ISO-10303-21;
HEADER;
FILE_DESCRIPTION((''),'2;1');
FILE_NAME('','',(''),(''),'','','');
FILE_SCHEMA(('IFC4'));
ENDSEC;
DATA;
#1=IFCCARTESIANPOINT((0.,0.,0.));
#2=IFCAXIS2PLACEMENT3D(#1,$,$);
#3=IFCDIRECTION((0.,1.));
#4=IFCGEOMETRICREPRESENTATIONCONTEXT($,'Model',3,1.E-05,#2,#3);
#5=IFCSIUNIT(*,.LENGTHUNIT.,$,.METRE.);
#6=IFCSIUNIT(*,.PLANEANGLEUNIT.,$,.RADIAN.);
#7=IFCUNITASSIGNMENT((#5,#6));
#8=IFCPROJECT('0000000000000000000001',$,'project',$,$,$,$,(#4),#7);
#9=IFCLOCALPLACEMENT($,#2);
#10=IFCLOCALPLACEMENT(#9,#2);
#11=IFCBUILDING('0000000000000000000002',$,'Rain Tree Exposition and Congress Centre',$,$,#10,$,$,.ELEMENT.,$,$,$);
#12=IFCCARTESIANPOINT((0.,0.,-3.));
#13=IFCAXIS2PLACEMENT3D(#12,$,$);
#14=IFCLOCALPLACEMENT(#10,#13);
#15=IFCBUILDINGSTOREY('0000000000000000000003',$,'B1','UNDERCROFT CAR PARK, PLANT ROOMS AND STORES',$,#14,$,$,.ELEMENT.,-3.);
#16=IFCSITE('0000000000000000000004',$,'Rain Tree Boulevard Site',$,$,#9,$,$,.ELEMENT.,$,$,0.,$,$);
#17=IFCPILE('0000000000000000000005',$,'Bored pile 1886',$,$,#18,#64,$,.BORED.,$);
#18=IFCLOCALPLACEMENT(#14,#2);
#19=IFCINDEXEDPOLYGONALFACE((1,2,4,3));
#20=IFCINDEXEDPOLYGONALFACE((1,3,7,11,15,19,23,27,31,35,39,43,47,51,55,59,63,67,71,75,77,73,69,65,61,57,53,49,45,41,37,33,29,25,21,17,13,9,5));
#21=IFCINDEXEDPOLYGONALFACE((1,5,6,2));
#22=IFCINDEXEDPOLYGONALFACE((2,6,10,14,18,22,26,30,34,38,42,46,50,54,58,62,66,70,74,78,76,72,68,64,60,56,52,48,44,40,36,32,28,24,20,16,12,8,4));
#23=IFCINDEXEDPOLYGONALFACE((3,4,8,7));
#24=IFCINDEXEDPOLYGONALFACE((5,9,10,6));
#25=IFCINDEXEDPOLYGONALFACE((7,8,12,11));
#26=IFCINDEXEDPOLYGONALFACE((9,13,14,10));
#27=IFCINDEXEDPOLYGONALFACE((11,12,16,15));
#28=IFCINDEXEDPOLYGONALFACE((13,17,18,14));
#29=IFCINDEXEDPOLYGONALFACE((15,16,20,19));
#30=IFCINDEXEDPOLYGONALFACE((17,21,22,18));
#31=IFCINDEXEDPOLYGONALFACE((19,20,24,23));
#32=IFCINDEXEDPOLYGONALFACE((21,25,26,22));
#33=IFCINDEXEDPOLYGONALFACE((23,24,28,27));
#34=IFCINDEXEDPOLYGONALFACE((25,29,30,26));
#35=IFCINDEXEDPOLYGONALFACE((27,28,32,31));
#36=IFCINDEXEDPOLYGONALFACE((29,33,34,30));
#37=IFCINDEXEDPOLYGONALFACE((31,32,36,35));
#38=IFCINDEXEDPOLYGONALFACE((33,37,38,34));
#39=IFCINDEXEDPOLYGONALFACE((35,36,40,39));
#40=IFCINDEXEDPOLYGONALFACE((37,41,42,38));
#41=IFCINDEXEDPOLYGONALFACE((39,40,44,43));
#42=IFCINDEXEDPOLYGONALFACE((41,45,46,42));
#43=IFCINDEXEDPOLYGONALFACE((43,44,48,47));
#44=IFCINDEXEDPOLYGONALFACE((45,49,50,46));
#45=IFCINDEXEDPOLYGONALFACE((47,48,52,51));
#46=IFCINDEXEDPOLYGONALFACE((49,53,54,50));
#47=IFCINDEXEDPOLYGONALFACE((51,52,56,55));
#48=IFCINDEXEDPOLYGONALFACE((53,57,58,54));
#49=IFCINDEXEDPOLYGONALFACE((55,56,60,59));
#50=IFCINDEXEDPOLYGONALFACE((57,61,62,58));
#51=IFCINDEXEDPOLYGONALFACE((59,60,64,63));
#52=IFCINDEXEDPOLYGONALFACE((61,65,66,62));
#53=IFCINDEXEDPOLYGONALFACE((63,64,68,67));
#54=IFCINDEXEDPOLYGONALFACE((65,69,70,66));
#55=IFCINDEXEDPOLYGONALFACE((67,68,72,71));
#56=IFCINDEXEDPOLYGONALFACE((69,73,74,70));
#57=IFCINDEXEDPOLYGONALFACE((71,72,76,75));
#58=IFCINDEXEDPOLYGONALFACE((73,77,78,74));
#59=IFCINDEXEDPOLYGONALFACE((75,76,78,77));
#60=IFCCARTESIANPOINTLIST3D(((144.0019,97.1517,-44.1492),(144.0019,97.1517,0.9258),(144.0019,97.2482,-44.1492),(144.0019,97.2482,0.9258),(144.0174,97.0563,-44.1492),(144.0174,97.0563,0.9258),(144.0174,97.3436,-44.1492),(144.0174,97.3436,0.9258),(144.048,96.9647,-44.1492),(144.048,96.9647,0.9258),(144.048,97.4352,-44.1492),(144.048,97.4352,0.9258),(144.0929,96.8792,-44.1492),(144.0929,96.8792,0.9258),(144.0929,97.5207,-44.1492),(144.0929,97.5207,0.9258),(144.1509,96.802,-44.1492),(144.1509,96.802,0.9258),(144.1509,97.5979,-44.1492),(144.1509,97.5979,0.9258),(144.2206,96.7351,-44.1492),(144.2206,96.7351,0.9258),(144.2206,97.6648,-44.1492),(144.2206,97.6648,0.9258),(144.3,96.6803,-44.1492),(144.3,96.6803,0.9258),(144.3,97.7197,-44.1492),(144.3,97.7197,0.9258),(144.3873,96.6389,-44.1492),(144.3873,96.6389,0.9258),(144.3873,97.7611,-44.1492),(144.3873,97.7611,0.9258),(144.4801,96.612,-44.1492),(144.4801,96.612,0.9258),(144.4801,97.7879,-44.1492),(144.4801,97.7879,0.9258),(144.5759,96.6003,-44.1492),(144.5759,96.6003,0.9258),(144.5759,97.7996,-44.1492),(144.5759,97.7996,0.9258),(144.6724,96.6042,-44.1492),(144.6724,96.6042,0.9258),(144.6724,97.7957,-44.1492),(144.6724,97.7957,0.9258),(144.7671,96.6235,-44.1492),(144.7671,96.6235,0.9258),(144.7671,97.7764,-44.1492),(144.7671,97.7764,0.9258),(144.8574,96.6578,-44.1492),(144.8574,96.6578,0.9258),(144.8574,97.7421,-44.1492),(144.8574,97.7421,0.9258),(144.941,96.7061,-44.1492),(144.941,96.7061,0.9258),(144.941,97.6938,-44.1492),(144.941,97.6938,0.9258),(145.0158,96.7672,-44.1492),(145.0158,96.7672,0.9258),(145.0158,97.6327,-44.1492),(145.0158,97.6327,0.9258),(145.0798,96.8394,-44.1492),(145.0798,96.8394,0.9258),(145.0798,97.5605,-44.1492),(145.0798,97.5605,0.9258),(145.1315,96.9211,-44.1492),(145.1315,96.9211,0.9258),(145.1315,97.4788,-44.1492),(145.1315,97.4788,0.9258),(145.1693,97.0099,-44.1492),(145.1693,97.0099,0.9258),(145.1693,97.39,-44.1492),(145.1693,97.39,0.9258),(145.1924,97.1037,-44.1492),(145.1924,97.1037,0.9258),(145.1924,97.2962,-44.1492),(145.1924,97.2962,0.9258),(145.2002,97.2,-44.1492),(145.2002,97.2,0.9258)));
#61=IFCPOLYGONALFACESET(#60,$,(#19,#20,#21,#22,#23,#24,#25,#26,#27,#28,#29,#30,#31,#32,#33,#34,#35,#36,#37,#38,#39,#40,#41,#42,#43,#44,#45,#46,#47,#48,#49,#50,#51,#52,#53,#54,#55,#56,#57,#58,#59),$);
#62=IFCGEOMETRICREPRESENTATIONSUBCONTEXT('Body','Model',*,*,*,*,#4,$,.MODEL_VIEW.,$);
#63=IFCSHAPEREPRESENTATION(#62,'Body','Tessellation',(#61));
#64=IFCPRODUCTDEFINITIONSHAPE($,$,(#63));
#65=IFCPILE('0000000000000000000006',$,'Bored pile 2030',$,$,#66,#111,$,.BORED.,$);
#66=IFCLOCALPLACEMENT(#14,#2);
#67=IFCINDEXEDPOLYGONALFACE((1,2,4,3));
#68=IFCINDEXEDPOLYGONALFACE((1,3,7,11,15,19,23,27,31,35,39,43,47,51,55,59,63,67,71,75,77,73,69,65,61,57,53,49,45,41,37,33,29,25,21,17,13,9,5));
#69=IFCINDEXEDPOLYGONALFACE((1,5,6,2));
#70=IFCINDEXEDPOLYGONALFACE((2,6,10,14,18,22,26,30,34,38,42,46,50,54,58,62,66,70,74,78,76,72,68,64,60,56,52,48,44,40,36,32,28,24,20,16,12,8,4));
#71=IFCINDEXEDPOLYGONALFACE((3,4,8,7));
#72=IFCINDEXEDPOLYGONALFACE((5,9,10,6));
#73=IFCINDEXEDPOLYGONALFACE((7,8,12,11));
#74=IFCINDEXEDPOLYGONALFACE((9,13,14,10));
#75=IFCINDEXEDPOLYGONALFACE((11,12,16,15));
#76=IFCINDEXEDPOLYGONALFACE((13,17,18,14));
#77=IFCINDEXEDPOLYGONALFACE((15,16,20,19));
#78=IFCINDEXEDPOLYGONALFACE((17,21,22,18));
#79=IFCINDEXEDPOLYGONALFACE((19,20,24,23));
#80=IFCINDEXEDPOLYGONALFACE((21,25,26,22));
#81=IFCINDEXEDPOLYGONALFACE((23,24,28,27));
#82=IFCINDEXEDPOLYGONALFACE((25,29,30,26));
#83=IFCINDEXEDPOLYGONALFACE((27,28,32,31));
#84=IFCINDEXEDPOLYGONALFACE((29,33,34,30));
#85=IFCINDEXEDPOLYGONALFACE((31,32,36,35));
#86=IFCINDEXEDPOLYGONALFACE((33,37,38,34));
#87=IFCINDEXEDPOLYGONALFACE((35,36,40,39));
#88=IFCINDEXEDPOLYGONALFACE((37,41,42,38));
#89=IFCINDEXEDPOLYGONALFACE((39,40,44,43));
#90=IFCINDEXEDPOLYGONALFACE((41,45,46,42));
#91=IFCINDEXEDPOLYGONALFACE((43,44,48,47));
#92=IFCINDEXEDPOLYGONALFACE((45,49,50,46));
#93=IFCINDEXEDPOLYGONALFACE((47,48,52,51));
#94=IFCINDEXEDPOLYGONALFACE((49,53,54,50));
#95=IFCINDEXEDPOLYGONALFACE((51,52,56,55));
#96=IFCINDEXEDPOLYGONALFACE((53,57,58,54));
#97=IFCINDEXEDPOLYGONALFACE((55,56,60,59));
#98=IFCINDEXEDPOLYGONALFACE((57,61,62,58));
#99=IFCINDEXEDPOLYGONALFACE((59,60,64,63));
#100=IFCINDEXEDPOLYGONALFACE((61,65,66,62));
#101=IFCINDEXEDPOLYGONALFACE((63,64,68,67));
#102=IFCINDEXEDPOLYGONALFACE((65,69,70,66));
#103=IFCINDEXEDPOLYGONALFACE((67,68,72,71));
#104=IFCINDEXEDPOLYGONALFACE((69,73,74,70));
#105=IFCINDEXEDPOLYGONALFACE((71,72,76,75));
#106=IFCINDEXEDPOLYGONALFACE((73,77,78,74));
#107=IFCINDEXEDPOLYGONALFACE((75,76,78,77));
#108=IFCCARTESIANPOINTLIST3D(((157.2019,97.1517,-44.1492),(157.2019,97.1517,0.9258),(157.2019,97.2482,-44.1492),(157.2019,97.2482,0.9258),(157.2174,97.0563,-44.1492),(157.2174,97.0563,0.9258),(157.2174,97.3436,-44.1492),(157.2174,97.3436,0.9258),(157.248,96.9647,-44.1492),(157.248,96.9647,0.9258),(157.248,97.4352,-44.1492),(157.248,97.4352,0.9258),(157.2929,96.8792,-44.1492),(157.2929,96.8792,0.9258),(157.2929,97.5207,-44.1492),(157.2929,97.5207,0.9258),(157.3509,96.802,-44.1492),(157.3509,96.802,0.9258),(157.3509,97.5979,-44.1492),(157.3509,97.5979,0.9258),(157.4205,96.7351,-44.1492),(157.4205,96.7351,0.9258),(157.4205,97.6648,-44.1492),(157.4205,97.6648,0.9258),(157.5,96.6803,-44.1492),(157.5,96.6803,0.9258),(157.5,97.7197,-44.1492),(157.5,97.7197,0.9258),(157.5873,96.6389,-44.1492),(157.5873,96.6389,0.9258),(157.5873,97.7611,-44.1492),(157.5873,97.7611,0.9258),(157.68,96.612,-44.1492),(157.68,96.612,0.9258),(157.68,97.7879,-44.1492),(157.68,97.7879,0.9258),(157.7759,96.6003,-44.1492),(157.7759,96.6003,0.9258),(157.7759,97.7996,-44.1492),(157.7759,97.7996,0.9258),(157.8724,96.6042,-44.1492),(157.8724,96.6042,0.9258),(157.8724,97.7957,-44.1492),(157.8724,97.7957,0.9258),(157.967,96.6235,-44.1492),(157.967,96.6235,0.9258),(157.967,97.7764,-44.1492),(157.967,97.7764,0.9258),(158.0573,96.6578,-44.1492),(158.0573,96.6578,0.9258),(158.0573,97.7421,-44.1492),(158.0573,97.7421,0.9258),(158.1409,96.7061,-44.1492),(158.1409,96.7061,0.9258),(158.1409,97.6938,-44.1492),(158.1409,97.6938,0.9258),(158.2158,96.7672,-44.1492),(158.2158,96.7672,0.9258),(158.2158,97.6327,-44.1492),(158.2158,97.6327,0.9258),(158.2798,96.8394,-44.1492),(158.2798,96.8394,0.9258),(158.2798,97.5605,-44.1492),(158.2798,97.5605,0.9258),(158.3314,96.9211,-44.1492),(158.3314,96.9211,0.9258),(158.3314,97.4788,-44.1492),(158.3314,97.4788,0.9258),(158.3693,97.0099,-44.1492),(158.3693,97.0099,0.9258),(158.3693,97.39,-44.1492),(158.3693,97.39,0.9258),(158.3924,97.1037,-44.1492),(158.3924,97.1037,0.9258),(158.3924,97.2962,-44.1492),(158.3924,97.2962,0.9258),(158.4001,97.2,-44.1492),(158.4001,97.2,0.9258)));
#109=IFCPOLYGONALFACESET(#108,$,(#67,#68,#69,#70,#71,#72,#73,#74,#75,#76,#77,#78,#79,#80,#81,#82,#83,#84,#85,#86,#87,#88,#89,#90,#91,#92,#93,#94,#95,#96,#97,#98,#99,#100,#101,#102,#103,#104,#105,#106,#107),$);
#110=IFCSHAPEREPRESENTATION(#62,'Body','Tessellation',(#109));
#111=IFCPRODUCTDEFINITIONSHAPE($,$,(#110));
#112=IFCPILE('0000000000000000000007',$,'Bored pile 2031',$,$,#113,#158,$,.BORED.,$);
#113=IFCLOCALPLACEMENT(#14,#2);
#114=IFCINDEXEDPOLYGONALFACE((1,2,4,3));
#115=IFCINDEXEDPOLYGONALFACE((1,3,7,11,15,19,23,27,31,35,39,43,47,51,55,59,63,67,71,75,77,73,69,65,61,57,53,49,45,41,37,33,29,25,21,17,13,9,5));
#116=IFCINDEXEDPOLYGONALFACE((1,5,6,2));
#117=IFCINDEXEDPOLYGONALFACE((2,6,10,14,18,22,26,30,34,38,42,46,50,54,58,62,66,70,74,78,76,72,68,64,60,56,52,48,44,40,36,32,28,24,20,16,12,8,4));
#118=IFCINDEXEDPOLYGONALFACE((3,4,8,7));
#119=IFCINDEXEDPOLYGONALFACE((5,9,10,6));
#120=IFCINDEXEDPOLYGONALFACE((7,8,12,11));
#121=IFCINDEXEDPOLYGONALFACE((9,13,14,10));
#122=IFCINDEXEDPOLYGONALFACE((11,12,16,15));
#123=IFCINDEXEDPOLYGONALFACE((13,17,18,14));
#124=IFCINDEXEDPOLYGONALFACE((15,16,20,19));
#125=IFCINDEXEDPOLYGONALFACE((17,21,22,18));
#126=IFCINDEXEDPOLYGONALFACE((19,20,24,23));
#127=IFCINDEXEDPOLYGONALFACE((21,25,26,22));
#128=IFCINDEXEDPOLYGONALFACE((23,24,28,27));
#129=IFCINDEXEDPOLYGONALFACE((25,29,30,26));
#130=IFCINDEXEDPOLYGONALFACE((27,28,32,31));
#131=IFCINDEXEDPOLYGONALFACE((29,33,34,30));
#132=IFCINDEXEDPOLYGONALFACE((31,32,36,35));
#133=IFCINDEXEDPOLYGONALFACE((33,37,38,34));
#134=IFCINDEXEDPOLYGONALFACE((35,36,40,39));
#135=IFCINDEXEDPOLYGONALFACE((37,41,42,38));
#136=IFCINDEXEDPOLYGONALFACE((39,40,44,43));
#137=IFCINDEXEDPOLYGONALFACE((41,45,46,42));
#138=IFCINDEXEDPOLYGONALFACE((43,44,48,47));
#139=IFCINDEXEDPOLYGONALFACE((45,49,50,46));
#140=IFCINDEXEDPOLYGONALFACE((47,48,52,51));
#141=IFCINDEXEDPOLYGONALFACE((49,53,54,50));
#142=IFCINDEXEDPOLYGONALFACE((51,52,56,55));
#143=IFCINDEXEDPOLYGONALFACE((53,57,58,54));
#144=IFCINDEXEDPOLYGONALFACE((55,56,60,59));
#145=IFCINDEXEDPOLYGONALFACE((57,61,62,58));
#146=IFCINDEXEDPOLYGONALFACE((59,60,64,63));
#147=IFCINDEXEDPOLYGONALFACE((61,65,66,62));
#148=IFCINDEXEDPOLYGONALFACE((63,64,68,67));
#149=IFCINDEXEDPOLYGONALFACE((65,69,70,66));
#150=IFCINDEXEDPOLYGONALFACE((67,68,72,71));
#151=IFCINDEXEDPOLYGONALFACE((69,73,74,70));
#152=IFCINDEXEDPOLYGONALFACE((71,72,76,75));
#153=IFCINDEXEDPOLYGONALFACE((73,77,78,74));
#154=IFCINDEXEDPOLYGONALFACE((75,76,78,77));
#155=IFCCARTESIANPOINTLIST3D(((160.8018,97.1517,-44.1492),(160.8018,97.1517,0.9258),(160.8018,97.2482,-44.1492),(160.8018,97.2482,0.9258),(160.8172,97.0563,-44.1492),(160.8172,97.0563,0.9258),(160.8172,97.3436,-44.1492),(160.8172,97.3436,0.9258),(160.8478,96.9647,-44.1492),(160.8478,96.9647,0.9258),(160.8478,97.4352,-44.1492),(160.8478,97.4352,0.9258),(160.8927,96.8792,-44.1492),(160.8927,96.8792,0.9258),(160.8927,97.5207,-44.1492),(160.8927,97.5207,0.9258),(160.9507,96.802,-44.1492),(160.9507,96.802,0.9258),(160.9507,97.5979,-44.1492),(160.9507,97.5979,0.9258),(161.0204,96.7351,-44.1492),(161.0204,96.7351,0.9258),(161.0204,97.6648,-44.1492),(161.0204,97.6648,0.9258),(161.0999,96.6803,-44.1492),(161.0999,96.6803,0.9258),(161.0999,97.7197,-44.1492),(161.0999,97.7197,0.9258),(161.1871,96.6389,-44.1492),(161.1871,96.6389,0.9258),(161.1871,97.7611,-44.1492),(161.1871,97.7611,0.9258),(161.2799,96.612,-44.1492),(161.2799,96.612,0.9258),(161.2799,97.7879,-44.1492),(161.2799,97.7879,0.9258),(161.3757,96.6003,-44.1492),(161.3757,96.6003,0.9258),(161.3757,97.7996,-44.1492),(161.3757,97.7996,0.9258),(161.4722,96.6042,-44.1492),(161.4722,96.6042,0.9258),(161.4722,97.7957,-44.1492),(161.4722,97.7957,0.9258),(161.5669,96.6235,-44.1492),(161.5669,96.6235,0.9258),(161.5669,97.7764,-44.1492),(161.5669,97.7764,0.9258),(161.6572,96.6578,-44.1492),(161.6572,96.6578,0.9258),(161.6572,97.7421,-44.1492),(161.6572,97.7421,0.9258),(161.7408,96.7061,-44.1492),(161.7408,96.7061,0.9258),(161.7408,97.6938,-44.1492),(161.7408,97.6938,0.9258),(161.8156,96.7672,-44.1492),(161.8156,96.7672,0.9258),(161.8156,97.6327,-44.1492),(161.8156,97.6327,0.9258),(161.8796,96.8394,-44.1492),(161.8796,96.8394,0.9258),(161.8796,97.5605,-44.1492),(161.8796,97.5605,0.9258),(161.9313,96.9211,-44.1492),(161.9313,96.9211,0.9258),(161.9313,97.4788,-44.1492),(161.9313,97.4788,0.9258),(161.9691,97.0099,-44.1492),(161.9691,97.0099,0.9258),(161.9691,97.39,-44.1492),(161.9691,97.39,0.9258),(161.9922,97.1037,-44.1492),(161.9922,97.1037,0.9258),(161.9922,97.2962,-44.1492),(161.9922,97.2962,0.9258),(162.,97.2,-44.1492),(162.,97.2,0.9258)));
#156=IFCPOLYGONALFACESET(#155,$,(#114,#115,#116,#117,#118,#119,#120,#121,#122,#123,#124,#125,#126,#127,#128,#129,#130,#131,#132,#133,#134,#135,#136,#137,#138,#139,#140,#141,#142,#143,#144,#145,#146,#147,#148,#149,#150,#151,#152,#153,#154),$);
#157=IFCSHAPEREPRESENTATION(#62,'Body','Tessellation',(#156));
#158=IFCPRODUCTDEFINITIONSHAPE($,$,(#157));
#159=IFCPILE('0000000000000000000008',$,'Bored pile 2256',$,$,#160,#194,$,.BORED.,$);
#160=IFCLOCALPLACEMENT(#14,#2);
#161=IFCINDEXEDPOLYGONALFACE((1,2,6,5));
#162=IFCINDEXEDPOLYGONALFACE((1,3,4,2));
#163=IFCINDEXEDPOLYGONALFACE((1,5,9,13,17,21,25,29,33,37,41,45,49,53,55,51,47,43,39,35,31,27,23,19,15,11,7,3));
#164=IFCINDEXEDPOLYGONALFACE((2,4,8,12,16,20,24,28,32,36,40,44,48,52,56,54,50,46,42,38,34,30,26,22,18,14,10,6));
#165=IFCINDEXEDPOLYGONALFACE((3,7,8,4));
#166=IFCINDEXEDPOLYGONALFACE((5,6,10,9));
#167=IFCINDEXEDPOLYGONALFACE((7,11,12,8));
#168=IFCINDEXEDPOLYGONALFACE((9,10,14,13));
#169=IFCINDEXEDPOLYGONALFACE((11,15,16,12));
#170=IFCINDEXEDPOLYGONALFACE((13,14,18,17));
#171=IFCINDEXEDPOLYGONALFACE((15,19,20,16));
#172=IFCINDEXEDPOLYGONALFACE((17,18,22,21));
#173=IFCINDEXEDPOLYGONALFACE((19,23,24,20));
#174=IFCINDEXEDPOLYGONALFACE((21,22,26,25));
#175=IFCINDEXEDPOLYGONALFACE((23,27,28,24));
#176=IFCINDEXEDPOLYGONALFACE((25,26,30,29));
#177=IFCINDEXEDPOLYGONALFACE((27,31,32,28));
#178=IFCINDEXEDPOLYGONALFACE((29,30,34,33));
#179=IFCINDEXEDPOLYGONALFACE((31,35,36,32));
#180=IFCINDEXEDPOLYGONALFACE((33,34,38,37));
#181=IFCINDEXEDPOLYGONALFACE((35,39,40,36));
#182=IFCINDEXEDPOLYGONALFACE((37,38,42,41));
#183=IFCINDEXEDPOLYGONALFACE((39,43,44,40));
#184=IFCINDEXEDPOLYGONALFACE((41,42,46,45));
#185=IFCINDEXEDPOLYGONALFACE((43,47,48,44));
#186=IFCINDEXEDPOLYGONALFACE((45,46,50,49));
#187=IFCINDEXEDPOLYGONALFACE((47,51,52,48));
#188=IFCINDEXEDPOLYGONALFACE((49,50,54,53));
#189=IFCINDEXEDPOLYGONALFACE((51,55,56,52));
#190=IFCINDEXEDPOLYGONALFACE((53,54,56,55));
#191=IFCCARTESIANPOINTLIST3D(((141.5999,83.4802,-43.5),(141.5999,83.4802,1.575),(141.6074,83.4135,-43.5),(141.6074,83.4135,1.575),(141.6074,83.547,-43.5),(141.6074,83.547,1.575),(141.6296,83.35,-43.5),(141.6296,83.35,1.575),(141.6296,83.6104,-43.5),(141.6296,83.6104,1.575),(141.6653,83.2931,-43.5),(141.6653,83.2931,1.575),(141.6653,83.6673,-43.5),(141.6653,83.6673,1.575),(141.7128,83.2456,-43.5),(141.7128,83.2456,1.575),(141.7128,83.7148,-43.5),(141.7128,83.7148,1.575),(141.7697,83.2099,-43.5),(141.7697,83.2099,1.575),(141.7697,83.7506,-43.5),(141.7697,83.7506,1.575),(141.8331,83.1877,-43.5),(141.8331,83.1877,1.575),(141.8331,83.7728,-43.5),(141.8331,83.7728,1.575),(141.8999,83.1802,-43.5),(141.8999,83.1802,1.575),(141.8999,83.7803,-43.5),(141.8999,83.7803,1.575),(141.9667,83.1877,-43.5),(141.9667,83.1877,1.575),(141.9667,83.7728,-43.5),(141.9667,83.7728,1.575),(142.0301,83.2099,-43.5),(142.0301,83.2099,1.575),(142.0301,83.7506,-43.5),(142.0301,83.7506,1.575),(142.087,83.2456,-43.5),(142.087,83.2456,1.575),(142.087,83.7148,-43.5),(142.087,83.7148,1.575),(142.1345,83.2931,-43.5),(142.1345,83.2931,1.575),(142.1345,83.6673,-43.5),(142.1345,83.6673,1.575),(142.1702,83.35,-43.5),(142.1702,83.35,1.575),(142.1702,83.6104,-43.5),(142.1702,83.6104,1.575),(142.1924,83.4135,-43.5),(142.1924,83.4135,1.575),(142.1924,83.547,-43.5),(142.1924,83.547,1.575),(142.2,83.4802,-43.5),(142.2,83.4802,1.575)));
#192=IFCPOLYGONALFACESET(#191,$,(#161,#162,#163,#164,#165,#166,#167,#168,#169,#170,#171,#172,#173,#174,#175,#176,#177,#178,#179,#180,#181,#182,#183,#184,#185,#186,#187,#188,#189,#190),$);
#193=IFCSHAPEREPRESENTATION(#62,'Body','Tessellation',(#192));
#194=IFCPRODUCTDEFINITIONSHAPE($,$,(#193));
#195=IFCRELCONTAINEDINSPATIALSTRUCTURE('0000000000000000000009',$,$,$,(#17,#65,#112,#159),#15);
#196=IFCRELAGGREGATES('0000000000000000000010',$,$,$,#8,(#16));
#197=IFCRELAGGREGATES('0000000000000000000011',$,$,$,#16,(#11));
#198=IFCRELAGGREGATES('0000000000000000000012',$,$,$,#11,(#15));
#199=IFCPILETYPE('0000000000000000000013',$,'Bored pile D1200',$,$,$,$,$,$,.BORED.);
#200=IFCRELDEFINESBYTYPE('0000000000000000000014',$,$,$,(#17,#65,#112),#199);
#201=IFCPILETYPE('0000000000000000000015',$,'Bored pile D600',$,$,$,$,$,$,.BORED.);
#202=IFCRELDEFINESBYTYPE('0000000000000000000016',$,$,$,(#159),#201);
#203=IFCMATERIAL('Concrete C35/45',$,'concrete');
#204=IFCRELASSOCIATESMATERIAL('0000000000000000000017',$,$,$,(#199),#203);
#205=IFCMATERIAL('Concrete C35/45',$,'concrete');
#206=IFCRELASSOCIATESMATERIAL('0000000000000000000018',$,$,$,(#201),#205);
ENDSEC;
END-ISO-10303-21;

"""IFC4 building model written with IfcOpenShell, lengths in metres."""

from ifc_helpers import new_model, si_unit, direction, frame, origin, origin_2d, place, context, subcontext, project, spatial, circle, extrude, material, material_profile, profile_set, type_object, element, save


model = new_model("IFC4")

# Units and contexts
model_context = context("Model", 3, precision=1e-05, world=origin(), true_north=direction((0.0, 1.0)))
body_context = subcontext(model_context, "Body", "Model", "MODEL_VIEW")
ifc_project = project(units=[si_unit("LENGTHUNIT", "METRE"), si_unit("PLANEANGLEUNIT", "RADIAN")], contexts=[model_context])

# Site, building, storey
site_placement = place(None, origin())
site = spatial("IfcSite", under=ifc_project, at=site_placement, Name="Rain Tree Boulevard Site", CompositionType="ELEMENT", RefElevation=0.0)
building_placement = place(site_placement, origin())
building = spatial("IfcBuilding", under=site, at=building_placement, Name="Rain Tree Exposition and Congress Centre", CompositionType="ELEMENT")
storey_placement = place(building_placement, frame((0.0, 0.0, -3.0)))
storey = spatial("IfcBuildingStorey", under=building, at=storey_placement, Name="B1", Description="UNDERCROFT CAR PARK, PLANT ROOMS AND STORES", CompositionType="ELEMENT", Elevation=-3.0)

# Piles
ifc_material_1 = material(Name="Concrete C35/45", Category="concrete")
ifc_material_profile_1 = material_profile(ifc_material_1, circle(Radius=0.6001, at=origin_2d()), Name="D1200")
ifc_profile_set_1 = profile_set([ifc_material_profile_1], Name="Concrete C35/45")
pile_type_1 = type_object("IfcPileType", Name="Bored pile D1200", PredefinedType="BORED", material=ifc_profile_set_1)
for number, where, z_axis, x_axis, name in (
    (1, (144.6001, 97.2, 0.9258), (0.0, 0.0, -1.0), (1.0, 0.0, 0.0), "Bored pile 1886"),
    (2, (157.8, 97.2, 0.9258), (0.0, 0.0, -1.0), (1.0, 0.0, 0.0), "Bored pile 2030"),
    (3, (161.3999, 97.2, 0.9258), (0.0, 0.0, -1.0), (1.0, 0.0, 0.0), "Bored pile 2031"),
):
    element("IfcPile", number, at=place(storey_placement, frame(where, z_axis=z_axis, x_axis=x_axis)), inside=storey, type_object=pile_type_1, Name=name, PredefinedType="BORED", context=body_context, shape_type="SweptSolid", body=[
        extrude(circle(Radius=0.6001, at=origin_2d()), origin(), (0.0, 0.0, 1.0), 45.075),
    ])
ifc_material_2 = material(Name="Concrete C35/45", Category="concrete")
ifc_material_profile_2 = material_profile(ifc_material_2, circle(Radius=0.3, at=origin_2d()), Name="D600")
ifc_profile_set_2 = profile_set([ifc_material_profile_2], Name="Concrete C35/45")
pile_type_2 = type_object("IfcPileType", Name="Bored pile D600", PredefinedType="BORED", material=ifc_profile_set_2)
for number, where, z_axis, x_axis, name in (
    (4, (141.8999, 83.4802, 1.575), (0.0, 0.0, -1.0), (1.0, 0.0, 0.0), "Bored pile 2256"),
):
    element("IfcPile", number, at=place(storey_placement, frame(where, z_axis=z_axis, x_axis=x_axis)), inside=storey, type_object=pile_type_2, Name=name, PredefinedType="BORED", context=body_context, shape_type="SweptSolid", body=[
        extrude(circle(Radius=0.3, at=origin_2d()), origin(), (0.0, 0.0, 1.0), 45.075),
    ])

save(model, "model.ifc")
